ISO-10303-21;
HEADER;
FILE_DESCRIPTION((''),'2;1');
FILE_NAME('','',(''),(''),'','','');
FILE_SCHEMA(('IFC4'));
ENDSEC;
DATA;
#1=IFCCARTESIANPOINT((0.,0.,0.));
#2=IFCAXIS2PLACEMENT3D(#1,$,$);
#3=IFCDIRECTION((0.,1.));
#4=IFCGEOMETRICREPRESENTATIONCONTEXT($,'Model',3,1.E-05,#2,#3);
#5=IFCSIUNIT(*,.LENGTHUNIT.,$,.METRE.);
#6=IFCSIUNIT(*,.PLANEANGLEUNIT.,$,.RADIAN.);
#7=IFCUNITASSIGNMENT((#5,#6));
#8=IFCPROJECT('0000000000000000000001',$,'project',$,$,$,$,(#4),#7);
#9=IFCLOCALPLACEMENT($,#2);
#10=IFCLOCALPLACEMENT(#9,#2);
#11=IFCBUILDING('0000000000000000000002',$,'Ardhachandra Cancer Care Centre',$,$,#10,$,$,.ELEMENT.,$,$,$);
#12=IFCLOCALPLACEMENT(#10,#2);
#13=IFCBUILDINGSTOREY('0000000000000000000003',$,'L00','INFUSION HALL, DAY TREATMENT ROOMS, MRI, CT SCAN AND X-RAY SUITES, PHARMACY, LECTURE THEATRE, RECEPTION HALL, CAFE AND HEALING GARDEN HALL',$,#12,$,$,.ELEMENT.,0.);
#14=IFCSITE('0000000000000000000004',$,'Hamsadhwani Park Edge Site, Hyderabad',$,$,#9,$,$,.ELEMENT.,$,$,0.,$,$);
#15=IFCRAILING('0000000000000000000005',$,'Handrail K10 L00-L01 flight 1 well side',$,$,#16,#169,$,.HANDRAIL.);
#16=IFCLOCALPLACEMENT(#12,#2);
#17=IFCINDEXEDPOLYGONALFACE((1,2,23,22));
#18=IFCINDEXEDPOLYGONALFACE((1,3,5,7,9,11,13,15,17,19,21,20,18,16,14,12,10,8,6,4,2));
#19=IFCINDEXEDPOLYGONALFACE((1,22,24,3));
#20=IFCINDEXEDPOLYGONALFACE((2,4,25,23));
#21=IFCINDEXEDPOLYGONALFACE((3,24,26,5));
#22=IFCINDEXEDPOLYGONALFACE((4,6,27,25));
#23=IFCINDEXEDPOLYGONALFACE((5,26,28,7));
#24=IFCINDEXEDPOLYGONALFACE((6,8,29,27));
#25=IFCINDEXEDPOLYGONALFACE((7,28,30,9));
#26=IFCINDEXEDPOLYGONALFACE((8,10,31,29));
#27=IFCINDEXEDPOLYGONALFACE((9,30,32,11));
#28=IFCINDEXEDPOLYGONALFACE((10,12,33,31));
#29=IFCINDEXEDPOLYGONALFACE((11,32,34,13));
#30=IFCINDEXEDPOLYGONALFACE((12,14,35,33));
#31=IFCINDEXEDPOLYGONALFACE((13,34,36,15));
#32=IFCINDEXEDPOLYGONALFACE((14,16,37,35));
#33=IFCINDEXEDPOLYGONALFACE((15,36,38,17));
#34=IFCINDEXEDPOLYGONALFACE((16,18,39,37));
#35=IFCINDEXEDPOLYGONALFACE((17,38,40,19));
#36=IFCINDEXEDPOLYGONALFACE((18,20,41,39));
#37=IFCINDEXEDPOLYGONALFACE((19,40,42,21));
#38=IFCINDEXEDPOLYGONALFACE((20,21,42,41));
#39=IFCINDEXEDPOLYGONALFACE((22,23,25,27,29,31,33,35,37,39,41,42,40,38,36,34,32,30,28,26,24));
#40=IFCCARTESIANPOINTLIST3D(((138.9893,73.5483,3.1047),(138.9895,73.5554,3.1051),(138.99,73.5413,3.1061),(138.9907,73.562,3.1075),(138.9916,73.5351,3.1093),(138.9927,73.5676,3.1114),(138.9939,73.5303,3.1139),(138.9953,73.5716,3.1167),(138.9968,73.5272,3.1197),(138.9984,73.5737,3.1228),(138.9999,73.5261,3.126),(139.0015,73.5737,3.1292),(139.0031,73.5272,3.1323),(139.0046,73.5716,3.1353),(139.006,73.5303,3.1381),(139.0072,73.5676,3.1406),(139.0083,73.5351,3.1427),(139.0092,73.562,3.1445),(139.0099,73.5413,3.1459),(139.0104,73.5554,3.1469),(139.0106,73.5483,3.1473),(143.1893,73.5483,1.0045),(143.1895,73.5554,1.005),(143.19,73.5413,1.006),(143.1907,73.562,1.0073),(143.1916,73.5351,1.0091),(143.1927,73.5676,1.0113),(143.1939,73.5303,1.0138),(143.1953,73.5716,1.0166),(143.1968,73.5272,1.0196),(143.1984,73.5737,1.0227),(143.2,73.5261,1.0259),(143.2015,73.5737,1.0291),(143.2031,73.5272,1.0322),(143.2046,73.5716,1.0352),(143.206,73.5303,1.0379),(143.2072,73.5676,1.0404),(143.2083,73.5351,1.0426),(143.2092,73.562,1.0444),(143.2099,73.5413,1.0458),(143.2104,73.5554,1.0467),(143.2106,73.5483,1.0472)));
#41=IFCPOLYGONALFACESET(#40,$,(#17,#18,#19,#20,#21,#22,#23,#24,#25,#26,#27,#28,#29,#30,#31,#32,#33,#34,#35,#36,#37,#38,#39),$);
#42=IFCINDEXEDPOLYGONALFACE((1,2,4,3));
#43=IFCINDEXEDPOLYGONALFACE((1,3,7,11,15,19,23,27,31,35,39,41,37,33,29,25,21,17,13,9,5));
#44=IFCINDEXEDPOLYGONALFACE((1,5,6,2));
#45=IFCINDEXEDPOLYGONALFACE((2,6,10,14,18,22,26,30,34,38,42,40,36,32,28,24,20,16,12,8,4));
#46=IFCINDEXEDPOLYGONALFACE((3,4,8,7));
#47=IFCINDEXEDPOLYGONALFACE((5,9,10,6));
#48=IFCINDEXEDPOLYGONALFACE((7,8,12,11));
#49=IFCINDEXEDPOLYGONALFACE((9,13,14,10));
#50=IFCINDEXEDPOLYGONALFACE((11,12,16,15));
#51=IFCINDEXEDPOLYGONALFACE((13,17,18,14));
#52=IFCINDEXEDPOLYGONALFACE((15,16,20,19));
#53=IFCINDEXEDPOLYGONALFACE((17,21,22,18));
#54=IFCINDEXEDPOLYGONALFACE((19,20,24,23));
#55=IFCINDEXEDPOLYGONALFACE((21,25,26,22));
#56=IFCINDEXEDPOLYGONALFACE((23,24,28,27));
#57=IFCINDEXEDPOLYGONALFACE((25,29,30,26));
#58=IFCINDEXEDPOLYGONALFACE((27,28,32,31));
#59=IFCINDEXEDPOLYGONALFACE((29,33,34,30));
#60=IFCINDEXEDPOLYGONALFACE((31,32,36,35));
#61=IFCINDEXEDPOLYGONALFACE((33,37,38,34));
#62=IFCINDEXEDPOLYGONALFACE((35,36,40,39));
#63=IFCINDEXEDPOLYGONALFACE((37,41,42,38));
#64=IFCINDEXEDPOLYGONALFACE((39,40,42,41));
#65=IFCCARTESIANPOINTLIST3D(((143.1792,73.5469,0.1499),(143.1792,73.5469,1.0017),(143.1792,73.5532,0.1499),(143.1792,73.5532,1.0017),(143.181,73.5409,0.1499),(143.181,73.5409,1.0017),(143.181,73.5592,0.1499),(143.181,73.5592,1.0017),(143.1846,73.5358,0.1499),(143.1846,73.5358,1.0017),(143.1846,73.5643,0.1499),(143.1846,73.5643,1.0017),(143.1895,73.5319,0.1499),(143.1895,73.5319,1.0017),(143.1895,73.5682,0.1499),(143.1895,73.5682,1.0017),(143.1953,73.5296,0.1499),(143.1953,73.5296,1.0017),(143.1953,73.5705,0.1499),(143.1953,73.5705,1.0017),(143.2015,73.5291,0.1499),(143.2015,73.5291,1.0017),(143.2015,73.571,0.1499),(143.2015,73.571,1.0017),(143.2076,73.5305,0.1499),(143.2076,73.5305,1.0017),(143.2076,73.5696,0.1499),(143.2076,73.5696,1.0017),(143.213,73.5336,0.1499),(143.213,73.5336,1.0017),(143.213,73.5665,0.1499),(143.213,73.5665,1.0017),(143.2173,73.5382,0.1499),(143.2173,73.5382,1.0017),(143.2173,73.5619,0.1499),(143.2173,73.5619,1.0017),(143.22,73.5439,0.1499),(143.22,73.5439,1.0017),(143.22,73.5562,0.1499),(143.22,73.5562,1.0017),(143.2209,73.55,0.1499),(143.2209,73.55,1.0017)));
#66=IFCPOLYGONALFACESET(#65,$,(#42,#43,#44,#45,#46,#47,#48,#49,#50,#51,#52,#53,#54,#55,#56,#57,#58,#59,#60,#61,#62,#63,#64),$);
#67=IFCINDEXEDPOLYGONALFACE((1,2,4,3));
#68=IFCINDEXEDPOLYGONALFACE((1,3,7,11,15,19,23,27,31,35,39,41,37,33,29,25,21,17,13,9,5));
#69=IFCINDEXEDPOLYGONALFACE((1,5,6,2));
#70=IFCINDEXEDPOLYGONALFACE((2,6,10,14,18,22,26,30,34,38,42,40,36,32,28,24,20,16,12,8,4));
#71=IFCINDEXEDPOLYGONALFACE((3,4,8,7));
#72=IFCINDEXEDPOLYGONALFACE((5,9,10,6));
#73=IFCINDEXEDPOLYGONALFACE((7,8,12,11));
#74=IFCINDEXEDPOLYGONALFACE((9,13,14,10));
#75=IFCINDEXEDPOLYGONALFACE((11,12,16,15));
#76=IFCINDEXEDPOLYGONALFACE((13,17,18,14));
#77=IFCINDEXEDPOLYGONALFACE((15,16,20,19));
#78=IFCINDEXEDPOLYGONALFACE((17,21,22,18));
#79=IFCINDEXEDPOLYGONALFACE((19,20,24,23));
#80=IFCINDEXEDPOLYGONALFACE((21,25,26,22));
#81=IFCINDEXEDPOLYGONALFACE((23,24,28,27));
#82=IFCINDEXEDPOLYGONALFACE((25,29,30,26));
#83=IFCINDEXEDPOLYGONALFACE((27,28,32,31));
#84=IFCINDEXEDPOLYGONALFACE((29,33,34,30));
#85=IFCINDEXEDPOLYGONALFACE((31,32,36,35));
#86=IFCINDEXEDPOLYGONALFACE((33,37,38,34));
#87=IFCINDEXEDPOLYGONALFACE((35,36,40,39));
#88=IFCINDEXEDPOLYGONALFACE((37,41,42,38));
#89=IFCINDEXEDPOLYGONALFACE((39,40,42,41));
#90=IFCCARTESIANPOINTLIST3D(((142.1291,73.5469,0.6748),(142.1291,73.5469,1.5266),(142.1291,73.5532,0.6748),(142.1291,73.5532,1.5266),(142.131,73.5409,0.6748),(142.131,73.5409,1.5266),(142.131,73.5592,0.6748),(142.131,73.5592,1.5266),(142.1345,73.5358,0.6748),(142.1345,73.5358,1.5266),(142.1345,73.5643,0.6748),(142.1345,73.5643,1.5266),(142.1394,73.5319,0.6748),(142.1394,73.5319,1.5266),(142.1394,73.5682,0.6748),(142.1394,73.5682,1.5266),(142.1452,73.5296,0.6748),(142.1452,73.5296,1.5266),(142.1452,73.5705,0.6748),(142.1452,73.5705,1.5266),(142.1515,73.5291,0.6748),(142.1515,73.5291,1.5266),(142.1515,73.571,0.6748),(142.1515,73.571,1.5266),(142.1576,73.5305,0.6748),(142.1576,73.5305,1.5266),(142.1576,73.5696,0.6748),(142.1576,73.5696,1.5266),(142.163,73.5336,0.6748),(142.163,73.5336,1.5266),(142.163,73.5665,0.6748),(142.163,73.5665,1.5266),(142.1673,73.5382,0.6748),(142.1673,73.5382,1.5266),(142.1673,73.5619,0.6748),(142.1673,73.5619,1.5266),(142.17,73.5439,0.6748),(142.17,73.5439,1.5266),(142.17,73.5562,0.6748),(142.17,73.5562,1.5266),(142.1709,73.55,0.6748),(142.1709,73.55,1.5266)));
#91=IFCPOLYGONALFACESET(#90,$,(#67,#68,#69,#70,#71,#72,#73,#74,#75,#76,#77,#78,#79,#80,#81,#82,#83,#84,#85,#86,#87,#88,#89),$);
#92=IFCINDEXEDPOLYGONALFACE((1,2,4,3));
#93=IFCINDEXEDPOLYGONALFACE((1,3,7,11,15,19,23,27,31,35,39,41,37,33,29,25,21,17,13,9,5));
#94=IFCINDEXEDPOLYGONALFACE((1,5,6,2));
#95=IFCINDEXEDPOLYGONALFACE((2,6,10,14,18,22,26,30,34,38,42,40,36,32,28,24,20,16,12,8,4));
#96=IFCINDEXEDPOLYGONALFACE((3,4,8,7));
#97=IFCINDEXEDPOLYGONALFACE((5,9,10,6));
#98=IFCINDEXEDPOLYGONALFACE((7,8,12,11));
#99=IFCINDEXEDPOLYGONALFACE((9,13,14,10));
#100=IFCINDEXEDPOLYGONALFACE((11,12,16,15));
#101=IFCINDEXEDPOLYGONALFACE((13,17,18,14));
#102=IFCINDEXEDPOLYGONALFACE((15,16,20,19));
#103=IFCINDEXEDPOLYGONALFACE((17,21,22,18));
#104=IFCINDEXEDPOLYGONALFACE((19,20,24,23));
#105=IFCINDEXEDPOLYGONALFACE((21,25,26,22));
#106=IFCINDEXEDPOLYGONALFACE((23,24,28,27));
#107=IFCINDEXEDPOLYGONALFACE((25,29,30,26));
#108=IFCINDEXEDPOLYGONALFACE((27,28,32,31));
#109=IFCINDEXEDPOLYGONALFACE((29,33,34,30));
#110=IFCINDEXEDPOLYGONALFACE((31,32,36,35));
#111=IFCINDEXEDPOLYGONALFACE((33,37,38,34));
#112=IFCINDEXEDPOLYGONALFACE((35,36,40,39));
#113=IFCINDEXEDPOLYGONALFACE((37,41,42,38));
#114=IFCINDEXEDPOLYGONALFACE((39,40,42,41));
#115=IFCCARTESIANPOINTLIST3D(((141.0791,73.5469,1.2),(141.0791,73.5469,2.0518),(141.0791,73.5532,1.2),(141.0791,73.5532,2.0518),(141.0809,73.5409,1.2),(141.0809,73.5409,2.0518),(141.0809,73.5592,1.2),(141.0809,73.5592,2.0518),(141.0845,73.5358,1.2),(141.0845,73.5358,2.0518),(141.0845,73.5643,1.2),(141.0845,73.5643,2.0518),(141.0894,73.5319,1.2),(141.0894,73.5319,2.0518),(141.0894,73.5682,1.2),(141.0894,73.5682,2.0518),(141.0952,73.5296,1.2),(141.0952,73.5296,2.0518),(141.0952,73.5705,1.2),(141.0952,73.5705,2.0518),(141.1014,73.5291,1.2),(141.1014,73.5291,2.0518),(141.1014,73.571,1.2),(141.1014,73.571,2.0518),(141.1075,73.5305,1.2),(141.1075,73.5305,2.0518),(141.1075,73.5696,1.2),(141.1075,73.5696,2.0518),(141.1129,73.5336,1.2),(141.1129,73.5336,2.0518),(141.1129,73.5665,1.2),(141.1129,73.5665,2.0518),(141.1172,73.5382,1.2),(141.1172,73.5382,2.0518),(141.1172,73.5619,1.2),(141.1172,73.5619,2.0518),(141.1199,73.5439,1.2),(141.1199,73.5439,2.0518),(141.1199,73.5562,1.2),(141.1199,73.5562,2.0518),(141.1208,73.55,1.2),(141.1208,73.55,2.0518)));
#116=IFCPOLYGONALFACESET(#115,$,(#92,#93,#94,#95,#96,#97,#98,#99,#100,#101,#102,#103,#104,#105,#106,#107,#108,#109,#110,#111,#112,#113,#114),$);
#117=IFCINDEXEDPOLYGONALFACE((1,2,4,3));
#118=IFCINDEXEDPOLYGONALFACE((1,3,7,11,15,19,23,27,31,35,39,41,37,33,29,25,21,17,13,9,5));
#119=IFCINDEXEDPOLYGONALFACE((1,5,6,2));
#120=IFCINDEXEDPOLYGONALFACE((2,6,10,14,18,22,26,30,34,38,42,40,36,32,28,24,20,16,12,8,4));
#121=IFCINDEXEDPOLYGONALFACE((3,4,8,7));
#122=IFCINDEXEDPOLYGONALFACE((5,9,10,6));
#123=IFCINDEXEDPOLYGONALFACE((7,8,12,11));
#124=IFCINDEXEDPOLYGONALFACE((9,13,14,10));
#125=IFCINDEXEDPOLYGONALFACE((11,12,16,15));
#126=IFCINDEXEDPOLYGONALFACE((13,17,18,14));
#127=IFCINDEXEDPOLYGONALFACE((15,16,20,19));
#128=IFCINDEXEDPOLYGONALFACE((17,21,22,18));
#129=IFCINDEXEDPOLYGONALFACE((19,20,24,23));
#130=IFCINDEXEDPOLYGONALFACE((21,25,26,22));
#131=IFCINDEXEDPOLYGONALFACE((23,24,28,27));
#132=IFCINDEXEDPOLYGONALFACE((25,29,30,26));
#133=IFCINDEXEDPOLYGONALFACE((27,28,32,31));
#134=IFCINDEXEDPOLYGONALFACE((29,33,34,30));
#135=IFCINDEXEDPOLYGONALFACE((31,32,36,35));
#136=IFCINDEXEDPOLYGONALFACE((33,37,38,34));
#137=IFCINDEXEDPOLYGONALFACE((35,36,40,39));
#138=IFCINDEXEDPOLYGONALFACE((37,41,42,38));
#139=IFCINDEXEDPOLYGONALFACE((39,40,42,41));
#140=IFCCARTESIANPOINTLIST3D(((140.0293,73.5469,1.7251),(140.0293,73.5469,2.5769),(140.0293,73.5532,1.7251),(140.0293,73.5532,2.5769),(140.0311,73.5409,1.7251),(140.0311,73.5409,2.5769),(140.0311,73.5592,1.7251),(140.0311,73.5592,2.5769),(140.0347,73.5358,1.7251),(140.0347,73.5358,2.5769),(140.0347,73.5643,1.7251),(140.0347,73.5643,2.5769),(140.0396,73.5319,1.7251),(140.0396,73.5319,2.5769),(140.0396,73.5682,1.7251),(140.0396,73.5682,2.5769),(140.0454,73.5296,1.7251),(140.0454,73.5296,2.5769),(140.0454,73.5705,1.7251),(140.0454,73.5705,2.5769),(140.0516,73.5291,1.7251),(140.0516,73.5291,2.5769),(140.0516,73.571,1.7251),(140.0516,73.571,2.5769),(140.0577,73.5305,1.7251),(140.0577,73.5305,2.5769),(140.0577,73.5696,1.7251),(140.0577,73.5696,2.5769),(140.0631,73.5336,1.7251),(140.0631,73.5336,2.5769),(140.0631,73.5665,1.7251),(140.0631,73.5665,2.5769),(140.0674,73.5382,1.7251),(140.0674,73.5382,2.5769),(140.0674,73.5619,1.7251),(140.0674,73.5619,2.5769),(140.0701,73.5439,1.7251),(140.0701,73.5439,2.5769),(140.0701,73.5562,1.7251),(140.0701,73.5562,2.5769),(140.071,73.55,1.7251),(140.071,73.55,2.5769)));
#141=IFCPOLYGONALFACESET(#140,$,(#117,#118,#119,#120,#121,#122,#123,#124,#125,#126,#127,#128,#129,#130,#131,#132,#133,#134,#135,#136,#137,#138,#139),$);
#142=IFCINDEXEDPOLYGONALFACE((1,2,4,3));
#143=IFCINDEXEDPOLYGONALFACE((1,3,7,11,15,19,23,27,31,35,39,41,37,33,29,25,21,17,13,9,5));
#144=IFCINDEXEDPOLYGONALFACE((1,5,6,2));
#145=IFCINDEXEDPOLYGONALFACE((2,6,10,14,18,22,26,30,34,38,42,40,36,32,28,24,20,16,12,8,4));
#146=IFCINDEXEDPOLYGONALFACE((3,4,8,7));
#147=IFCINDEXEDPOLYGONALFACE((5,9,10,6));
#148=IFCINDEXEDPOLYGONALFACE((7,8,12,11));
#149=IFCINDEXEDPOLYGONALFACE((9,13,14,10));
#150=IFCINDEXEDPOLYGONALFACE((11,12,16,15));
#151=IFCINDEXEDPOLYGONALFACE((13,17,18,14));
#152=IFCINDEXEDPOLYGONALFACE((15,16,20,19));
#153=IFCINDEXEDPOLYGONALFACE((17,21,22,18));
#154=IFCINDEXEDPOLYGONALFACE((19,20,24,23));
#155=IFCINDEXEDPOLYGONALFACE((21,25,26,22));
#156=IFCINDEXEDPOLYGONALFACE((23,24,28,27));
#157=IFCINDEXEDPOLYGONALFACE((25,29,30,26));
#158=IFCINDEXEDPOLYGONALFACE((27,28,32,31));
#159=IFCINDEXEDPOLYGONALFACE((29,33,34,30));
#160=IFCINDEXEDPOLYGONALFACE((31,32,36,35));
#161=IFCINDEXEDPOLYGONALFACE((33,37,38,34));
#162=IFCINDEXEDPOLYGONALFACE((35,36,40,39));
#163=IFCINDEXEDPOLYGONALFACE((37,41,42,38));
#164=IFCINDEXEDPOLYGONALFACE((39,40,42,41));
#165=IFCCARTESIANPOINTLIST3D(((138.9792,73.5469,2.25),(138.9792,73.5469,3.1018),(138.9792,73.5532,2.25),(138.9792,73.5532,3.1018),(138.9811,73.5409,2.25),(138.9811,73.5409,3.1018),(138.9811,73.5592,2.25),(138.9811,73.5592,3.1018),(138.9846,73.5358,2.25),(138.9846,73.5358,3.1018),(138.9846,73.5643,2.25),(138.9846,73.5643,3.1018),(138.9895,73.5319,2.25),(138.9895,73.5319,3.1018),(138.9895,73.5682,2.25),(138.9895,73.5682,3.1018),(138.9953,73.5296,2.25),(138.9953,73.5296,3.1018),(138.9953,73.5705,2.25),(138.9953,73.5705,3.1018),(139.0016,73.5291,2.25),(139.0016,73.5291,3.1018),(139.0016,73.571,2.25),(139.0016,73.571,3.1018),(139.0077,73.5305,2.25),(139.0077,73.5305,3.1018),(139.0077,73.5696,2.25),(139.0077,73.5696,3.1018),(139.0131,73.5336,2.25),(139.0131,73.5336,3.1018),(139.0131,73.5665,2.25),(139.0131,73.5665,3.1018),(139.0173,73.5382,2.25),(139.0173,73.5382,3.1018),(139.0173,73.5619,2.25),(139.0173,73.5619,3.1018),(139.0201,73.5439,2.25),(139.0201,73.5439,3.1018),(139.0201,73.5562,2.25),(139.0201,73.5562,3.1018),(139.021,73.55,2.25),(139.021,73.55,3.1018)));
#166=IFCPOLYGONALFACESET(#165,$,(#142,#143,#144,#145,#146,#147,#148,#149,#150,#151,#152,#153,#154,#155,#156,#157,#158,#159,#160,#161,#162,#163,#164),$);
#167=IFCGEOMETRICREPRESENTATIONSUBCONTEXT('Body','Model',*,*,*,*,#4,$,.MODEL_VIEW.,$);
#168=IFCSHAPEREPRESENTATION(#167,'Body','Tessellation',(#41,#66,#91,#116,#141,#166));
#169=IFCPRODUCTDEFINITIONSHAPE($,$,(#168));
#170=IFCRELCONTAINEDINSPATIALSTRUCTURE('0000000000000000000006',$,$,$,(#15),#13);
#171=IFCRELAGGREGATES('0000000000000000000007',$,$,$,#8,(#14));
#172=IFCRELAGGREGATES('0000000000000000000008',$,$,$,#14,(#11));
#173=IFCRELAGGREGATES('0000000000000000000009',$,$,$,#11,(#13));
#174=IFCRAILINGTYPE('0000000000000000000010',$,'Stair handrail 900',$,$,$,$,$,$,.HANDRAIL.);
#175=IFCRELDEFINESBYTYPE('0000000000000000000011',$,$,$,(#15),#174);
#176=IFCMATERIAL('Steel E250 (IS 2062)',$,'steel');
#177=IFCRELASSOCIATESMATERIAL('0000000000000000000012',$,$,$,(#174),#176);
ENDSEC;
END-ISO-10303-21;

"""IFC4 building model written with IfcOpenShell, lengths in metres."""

from ifc_helpers import new_model, si_unit, direction, frame, origin, origin_2d, place, context, subcontext, project, spatial, circle, extrude, material, type_object, element, save


model = new_model("IFC4")

# Units and contexts
model_context = context("Model", 3, precision=1e-05, world=origin(), true_north=direction((0.0, 1.0)))
body_context = subcontext(model_context, "Body", "Model", "MODEL_VIEW")
ifc_project = project(units=[si_unit("LENGTHUNIT", "METRE"), si_unit("PLANEANGLEUNIT", "RADIAN")], contexts=[model_context])

# Site, building, storey
site_placement = place(None, origin())
site = spatial("IfcSite", under=ifc_project, at=site_placement, Name="Hamsadhwani Park Edge Site, Hyderabad", CompositionType="ELEMENT", RefElevation=0.0)
building_placement = place(site_placement, origin())
building = spatial("IfcBuilding", under=site, at=building_placement, Name="Ardhachandra Cancer Care Centre", CompositionType="ELEMENT")
storey_placement = place(building_placement, origin())
storey = spatial("IfcBuildingStorey", under=building, at=storey_placement, Name="L00", Description="INFUSION HALL, DAY TREATMENT ROOMS, MRI, CT SCAN AND X-RAY SUITES, PHARMACY, LECTURE THEATRE, RECEPTION HALL, CAFE AND HEALING GARDEN HALL", CompositionType="ELEMENT", Elevation=0.0)

# Railing
ifc_material_1 = material(Name="Steel E250 (IS 2062)", Category="steel")
railing_type_1 = type_object("IfcRailingType", Name="Stair handrail 900", PredefinedType="HANDRAIL", material=ifc_material_1)
for number, where, name in (
    (1, (143.2, 73.55, 0.1499), "Handrail K10 L00-L01 flight 1 well side"),
):
    element("IfcRailing", number, at=place(storey_placement, frame(where)), inside=storey, type_object=railing_type_1, Name=name, PredefinedType="HANDRAIL", context=body_context, shape_type="SweptSolid", body=[
        extrude(circle(Radius=0.0239, at=origin_2d()), frame((0.0, 0.0, 0.876), z_axis=(-0.894417, 0.0, 0.447234), x_axis=(0.0, -1.0, 0.0)), (0.0, 0.0, 1.0), 4.6958),
        extrude(circle(Radius=0.021, at=origin_2d()), origin(), (0.0, 0.0, 1.0), 0.8518),
        extrude(circle(Radius=0.021, at=origin_2d()), frame((-1.05, 0.0, 0.5249)), (0.0, 0.0, 1.0), 0.8518),
        extrude(circle(Radius=0.021, at=origin_2d()), frame((-2.1001, 0.0, 1.05)), (0.0, 0.0, 1.0), 0.8518),
        extrude(circle(Radius=0.021, at=origin_2d()), frame((-3.1499, 0.0, 1.5752)), (0.0, 0.0, 1.0), 0.8518),
        extrude(circle(Radius=0.021, at=origin_2d()), frame((-4.2, 0.0, 2.1001)), (0.0, 0.0, 1.0), 0.8518),
    ])

save(model, "model.ifc")
